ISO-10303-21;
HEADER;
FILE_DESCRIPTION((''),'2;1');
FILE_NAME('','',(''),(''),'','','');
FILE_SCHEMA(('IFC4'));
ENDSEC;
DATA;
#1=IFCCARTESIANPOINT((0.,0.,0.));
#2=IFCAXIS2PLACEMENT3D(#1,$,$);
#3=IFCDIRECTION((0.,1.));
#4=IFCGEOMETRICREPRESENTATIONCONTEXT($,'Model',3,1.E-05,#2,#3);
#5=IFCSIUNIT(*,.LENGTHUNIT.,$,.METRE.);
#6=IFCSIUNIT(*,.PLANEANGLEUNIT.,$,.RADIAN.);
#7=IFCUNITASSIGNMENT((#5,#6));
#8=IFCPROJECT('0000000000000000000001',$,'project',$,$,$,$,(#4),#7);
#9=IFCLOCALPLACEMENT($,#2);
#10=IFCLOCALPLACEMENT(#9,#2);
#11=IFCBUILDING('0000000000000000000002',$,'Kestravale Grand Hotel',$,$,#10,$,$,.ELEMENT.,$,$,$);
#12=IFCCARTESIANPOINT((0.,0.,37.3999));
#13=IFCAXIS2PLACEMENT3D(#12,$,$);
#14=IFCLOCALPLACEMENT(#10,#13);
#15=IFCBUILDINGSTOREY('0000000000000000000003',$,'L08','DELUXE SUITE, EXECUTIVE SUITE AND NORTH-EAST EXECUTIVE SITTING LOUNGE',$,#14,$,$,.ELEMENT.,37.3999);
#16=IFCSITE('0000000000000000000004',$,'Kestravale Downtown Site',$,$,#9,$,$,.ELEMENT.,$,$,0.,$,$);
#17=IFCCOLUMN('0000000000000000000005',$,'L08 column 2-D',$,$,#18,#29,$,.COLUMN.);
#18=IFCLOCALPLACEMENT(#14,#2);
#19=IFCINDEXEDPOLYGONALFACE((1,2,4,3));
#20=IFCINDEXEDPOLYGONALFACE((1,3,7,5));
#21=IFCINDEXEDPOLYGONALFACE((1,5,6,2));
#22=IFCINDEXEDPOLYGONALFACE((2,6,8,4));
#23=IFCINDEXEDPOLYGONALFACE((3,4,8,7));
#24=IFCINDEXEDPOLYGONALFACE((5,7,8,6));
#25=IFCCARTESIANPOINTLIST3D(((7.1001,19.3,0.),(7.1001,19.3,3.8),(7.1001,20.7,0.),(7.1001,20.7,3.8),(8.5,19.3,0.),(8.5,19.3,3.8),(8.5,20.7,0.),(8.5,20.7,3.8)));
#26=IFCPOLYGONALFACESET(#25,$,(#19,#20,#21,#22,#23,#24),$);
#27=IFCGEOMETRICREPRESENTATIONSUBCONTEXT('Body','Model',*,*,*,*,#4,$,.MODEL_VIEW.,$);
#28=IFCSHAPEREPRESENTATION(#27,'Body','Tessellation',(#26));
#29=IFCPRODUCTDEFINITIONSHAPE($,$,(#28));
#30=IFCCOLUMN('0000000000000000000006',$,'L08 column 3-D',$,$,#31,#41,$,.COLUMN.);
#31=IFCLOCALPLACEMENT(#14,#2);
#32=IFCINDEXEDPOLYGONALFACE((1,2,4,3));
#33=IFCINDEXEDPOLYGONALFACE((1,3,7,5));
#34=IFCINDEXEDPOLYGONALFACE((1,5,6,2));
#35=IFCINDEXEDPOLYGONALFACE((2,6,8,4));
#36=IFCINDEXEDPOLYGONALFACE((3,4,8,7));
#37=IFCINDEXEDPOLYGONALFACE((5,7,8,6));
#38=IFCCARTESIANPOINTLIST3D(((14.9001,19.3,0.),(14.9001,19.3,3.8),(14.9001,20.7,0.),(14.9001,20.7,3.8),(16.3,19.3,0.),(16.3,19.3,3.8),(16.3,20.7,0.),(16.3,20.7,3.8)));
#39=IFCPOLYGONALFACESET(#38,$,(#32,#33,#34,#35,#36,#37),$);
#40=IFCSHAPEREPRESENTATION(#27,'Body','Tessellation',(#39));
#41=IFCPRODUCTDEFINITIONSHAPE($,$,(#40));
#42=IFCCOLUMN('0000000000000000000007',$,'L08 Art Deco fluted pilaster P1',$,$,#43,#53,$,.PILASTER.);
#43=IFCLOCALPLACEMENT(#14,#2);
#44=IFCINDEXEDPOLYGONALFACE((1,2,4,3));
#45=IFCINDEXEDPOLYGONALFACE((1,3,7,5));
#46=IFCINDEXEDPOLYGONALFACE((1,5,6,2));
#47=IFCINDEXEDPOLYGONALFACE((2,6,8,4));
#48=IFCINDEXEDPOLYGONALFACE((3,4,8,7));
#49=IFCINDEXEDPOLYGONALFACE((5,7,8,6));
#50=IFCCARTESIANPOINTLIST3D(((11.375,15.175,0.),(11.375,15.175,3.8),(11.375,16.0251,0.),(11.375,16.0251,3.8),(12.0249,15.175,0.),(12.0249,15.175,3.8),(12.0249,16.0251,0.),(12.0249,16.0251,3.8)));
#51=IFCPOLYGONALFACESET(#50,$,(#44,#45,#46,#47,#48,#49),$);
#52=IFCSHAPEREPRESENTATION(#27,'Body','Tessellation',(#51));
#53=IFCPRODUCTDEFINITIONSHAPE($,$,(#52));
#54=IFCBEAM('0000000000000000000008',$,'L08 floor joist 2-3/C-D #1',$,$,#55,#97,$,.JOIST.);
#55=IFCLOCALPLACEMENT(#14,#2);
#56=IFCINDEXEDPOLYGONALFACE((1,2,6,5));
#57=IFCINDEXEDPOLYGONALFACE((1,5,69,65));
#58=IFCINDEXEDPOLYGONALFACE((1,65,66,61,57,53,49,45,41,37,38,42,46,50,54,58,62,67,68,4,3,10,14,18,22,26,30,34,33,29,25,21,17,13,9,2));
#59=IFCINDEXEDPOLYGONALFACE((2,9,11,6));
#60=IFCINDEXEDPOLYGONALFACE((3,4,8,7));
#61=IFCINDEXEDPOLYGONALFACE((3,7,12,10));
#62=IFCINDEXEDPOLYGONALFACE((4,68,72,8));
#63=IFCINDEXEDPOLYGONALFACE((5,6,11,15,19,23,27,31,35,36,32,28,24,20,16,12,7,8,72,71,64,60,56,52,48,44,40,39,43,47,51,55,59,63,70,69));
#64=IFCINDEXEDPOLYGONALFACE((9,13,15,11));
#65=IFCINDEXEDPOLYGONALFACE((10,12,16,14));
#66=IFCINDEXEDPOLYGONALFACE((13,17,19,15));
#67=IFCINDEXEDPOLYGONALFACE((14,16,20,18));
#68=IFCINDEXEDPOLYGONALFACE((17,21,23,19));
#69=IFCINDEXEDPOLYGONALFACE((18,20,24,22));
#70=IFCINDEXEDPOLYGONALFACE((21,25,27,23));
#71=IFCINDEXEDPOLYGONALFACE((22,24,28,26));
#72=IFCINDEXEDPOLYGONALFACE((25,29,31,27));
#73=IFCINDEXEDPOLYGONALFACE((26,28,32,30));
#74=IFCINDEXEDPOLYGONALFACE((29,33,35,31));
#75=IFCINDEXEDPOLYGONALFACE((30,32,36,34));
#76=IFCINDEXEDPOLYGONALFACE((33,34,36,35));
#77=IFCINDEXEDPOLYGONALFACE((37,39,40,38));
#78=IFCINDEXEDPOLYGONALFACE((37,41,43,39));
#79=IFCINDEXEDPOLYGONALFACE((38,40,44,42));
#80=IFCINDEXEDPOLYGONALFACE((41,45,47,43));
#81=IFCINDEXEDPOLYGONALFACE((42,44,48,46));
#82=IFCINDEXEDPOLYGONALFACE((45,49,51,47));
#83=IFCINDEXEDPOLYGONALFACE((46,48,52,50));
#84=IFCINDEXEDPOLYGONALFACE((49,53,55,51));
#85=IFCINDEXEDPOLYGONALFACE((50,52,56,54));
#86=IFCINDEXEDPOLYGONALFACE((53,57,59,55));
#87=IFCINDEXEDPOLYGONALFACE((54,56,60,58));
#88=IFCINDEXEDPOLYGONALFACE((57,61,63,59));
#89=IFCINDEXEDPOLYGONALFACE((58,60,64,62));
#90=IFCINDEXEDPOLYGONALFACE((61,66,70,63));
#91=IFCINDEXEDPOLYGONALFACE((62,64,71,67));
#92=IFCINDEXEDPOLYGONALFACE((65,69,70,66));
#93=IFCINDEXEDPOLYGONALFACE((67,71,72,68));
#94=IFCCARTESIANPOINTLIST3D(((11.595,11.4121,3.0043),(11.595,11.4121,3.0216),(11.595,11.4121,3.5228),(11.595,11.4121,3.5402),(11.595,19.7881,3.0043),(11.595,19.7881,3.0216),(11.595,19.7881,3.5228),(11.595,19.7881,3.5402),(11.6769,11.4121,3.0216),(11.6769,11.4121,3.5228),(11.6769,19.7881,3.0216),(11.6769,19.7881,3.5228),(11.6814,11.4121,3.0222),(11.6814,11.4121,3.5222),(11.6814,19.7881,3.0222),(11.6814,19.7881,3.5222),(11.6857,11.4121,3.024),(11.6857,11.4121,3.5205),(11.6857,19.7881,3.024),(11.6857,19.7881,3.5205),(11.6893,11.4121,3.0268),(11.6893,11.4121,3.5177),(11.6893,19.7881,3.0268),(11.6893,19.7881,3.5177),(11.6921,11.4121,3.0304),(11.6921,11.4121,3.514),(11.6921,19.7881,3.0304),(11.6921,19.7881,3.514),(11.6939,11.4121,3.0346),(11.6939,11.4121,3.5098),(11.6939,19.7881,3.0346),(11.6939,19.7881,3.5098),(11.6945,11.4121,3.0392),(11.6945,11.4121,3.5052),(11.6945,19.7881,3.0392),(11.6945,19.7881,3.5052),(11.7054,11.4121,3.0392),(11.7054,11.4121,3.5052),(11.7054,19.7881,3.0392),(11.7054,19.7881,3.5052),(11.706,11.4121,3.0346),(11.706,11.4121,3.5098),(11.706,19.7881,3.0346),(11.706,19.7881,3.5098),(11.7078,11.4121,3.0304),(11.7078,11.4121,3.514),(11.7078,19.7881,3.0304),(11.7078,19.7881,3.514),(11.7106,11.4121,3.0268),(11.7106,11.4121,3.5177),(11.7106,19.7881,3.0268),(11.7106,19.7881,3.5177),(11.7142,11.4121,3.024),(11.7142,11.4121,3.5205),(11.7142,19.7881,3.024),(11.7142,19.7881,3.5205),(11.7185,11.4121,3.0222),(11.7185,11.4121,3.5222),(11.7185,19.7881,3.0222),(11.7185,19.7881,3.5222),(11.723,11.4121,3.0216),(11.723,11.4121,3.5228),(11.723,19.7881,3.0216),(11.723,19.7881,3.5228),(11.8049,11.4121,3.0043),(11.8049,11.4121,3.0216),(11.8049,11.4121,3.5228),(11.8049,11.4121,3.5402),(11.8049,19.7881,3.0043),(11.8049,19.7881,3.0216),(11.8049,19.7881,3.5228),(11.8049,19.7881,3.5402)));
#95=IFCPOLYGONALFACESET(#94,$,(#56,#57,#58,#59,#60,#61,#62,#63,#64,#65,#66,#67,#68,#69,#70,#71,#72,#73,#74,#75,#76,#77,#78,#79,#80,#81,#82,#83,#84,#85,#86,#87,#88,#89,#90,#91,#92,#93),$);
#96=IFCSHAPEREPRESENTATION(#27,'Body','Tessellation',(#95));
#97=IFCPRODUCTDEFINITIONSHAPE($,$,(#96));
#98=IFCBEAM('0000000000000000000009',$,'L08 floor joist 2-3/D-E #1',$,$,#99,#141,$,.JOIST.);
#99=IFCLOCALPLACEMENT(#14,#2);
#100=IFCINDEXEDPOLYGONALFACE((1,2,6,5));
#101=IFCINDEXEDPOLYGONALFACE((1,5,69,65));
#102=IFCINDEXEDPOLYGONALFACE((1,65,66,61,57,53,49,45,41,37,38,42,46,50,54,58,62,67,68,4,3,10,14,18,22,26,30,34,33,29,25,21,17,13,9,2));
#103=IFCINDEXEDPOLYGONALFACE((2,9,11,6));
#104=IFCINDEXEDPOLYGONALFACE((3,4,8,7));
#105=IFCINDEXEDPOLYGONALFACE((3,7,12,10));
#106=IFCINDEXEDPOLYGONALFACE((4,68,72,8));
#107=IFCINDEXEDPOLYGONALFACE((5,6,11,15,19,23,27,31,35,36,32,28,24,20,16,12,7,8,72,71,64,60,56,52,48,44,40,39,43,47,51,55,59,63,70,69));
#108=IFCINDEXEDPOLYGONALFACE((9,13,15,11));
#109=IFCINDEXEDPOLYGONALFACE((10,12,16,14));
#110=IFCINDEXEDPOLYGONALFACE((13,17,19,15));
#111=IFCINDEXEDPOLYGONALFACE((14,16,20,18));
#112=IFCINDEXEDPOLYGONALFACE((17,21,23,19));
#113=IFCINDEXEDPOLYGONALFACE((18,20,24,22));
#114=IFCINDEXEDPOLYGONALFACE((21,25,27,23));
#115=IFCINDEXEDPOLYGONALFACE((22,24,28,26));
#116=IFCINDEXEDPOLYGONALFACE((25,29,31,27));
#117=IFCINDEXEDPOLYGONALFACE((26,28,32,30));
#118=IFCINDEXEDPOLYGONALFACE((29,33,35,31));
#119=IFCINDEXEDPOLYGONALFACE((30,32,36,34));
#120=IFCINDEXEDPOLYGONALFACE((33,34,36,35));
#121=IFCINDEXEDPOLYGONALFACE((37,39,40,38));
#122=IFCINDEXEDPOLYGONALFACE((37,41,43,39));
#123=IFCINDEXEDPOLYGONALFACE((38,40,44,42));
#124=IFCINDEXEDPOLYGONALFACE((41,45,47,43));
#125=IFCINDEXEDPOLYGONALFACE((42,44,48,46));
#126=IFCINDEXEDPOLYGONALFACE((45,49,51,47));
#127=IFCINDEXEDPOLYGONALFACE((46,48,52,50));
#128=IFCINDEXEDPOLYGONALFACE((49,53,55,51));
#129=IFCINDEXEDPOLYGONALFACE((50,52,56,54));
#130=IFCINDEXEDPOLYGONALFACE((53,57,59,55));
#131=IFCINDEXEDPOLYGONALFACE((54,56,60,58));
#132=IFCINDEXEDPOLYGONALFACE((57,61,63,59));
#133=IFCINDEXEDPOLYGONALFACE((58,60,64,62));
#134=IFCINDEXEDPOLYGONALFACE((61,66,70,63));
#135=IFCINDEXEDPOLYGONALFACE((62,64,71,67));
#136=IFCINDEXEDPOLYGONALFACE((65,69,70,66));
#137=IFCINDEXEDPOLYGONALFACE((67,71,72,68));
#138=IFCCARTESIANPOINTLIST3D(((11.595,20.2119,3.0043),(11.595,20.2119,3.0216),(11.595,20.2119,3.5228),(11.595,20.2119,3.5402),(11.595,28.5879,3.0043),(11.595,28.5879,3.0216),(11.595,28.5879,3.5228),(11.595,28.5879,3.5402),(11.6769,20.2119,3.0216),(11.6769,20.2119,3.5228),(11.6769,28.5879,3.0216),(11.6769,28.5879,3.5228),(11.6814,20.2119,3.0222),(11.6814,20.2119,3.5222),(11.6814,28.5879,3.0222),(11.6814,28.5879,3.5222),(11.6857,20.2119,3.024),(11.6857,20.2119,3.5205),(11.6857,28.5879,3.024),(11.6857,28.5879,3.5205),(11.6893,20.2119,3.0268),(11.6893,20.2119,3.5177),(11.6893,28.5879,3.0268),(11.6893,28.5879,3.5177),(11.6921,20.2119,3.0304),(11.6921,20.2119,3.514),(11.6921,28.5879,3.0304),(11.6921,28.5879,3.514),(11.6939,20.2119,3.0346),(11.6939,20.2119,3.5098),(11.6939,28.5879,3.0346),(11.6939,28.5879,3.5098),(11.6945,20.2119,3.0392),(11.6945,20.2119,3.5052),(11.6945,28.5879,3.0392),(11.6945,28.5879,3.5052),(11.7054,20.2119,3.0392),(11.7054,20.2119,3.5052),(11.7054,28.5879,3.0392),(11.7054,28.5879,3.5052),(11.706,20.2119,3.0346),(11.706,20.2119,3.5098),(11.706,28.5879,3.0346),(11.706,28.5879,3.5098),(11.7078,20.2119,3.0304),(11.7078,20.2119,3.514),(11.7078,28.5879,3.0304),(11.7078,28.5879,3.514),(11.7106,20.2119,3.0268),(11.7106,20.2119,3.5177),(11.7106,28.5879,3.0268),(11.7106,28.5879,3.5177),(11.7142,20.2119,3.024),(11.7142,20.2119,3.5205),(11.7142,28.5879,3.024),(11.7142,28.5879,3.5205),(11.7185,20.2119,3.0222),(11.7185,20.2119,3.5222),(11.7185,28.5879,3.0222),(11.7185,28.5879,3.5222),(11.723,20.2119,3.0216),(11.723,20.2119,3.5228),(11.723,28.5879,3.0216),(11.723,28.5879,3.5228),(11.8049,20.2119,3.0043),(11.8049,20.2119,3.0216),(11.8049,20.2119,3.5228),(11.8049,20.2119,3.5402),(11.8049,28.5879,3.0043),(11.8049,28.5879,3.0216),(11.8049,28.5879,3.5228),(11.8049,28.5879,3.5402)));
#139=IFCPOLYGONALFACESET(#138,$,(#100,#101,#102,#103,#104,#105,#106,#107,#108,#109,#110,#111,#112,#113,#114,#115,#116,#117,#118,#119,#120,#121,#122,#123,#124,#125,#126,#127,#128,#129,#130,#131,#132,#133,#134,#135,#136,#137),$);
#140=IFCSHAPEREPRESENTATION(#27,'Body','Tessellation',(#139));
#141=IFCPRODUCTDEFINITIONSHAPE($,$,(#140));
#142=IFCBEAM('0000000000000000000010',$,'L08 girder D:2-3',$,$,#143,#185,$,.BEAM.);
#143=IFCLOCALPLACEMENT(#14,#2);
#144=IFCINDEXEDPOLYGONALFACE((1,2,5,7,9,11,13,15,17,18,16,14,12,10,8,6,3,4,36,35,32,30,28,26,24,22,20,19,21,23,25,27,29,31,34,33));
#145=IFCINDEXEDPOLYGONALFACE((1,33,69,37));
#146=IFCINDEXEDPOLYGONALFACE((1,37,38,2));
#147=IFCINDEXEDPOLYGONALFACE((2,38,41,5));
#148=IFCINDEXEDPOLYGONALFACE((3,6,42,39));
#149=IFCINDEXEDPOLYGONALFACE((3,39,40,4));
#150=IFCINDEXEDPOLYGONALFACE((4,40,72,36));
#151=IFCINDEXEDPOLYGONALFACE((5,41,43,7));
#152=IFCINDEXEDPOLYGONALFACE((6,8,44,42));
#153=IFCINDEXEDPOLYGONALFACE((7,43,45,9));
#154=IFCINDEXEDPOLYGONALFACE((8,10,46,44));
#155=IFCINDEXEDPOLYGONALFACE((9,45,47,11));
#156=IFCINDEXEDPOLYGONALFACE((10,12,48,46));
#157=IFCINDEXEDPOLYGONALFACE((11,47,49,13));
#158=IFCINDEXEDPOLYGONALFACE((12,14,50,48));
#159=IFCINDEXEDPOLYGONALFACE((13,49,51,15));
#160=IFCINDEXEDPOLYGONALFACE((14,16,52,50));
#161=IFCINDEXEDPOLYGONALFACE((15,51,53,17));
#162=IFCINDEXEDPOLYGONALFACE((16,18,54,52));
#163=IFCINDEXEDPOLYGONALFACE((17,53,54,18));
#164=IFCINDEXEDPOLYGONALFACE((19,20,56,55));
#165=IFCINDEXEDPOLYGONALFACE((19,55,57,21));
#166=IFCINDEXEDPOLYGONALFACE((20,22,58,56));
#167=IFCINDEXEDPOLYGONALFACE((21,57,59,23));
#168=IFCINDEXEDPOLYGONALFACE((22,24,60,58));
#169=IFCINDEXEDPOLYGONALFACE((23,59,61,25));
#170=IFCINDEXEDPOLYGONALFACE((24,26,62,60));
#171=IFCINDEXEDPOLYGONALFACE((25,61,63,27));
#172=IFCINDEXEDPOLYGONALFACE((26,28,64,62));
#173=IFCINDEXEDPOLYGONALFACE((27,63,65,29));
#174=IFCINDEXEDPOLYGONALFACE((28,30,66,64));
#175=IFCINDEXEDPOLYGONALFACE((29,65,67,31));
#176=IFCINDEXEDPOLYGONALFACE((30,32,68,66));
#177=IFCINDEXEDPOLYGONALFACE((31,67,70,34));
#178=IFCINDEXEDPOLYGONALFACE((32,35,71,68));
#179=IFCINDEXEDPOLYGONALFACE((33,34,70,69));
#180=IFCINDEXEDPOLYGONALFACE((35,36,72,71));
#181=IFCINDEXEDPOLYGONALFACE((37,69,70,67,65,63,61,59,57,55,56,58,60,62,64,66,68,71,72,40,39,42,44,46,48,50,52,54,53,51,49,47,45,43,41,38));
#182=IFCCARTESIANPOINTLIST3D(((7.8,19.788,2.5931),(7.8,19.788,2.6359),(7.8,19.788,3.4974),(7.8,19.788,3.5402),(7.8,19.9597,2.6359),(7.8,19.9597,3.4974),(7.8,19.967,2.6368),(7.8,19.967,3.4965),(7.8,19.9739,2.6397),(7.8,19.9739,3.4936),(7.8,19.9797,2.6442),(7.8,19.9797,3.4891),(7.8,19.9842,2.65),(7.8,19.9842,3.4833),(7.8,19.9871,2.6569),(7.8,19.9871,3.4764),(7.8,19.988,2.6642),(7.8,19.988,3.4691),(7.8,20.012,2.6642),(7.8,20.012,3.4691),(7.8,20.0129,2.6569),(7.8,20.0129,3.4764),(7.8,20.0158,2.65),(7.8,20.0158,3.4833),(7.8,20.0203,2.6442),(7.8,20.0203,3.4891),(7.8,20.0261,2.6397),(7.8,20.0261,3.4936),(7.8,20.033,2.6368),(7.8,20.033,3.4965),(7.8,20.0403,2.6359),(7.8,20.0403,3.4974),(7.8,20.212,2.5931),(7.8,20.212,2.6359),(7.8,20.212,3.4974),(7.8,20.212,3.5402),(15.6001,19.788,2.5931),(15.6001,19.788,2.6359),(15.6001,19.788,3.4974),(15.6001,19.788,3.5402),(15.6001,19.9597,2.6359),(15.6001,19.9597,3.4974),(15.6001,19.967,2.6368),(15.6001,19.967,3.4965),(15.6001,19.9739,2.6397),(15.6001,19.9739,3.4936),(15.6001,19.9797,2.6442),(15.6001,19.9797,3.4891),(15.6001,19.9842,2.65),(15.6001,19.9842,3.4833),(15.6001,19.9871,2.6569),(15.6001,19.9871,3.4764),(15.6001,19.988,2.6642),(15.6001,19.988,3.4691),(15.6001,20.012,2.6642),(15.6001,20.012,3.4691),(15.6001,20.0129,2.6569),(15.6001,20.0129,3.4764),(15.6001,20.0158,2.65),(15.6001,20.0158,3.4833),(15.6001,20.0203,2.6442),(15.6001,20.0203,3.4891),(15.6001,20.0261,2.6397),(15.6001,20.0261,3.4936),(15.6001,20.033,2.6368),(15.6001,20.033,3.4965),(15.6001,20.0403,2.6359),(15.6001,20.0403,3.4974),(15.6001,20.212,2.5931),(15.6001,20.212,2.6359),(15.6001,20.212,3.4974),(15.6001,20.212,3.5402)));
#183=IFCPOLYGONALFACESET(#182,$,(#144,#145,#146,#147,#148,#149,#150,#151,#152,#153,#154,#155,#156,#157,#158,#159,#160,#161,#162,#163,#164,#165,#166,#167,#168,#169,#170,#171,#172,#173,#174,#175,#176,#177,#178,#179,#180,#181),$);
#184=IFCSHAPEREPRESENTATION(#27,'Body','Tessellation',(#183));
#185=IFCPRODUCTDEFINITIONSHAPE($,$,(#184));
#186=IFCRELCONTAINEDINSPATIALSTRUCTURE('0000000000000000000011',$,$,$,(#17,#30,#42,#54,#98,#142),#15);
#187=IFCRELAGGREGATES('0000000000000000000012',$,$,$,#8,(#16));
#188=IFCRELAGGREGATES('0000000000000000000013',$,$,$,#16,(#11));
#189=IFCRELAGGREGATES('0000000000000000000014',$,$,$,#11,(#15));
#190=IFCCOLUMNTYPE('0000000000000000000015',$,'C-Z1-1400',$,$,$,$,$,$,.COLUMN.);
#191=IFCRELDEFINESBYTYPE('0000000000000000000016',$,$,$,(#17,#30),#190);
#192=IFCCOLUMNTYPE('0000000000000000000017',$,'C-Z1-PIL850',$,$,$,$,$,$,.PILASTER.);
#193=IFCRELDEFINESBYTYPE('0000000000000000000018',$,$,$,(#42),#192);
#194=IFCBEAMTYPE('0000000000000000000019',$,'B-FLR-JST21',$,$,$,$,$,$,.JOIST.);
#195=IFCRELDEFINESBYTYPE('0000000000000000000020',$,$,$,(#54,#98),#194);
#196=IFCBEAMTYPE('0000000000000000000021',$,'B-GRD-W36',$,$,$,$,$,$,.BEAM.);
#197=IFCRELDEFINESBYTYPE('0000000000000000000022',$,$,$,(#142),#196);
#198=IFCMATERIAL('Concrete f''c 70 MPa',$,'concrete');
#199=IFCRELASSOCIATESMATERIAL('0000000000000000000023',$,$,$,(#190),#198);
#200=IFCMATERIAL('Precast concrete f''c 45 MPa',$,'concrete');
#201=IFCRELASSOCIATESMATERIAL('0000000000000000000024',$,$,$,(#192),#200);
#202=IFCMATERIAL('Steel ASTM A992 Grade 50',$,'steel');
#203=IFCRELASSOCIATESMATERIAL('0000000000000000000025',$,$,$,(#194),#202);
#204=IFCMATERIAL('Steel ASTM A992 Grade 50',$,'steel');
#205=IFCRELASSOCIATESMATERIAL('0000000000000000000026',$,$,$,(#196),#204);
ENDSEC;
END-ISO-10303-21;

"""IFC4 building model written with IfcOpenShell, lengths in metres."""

from ifc_helpers import new_model, si_unit, direction, frame, origin, origin_2d, place, context, subcontext, project, spatial, rectangle, i_section, extrude, material, material_profile, profile_set, type_object, element, save


model = new_model("IFC4")

# Units and contexts
model_context = context("Model", 3, precision=1e-05, world=origin(), true_north=direction((0.0, 1.0)))
body_context = subcontext(model_context, "Body", "Model", "MODEL_VIEW")
ifc_project = project(units=[si_unit("LENGTHUNIT", "METRE"), si_unit("PLANEANGLEUNIT", "RADIAN")], contexts=[model_context])

# Site, building, storey
site_placement = place(None, origin())
site = spatial("IfcSite", under=ifc_project, at=site_placement, Name="Kestravale Downtown Site", CompositionType="ELEMENT", RefElevation=0.0)
building_placement = place(site_placement, origin())
building = spatial("IfcBuilding", under=site, at=building_placement, Name="Kestravale Grand Hotel", CompositionType="ELEMENT")
storey_placement = place(building_placement, frame((0.0, 0.0, 37.3999)))
storey = spatial("IfcBuildingStorey", under=building, at=storey_placement, Name="L08", Description="DELUXE SUITE, EXECUTIVE SUITE AND NORTH-EAST EXECUTIVE SITTING LOUNGE", CompositionType="ELEMENT", Elevation=37.3999)

# Columns
ifc_material_1 = material(Name="Concrete f'c 70 MPa", Category="concrete")
ifc_material_profile_1 = material_profile(ifc_material_1, rectangle(XDim=1.3999, YDim=1.3999, at=origin_2d()))
ifc_profile_set_1 = profile_set([ifc_material_profile_1], Name="Concrete f'c 70 MPa")
column_type_1 = type_object("IfcColumnType", Name="C-Z1-1400", PredefinedType="COLUMN", material=ifc_profile_set_1)
for number, where, z_axis, x_axis, name in (
    (1, (7.8, 20.0, 0.0), (0.0, 0.0, 1.0), (1.0, 0.0, 0.0), "L08 column 2-D"),
    (2, (15.6001, 20.0, 0.0), (0.0, 0.0, 1.0), (1.0, 0.0, 0.0), "L08 column 3-D"),
):
    element("IfcColumn", number, at=place(storey_placement, frame(where, z_axis=z_axis, x_axis=x_axis)), inside=storey, type_object=column_type_1, Name=name, PredefinedType="COLUMN", context=body_context, shape_type="SweptSolid", body=[
        extrude(rectangle(XDim=1.3999, YDim=1.3999, at=origin_2d()), origin(), (0.0, 0.0, 1.0), 3.8),
    ])
ifc_material_2 = material(Name="Precast concrete f'c 45 MPa", Category="concrete")
ifc_material_profile_2 = material_profile(ifc_material_2, rectangle(XDim=0.6499, YDim=0.8501, at=origin_2d()))
ifc_profile_set_2 = profile_set([ifc_material_profile_2], Name="Precast concrete f'c 45 MPa")
column_type_2 = type_object("IfcColumnType", Name="C-Z1-PIL850", PredefinedType="PILASTER", material=ifc_profile_set_2)
column_placement = place(storey_placement, frame((11.7, 15.6001, 0.0), z_axis=(0.0, 0.0, 1.0), x_axis=(1.0, 0.0, 0.0)))
element("IfcColumn", 3, at=column_placement, inside=storey, type_object=column_type_2, Name="L08 Art Deco fluted pilaster P1", PredefinedType="PILASTER", context=body_context, shape_type="SweptSolid", body=[
    extrude(rectangle(XDim=0.6499, YDim=0.8501, at=origin_2d()), origin(), (0.0, 0.0, 1.0), 3.8),
])

# Beams
ifc_material_3 = material(Name="Steel ASTM A992 Grade 50", Category="steel")
ifc_material_profile_3 = material_profile(ifc_material_3, i_section(OverallWidth=0.21, OverallDepth=0.5359, WebThickness=0.011, FlangeThickness=0.0173, FilletRadius=0.0176, at=origin_2d()))
ifc_profile_set_3 = profile_set([ifc_material_profile_3], Name="Steel ASTM A992 Grade 50")
beam_type_1 = type_object("IfcBeamType", Name="B-FLR-JST21", PredefinedType="JOIST", material=ifc_profile_set_3)
for number, where, z_axis, x_axis, name in (
    (4, (11.7, 11.4121, 3.2722), (0.0, 1.0, 0.0), (-1.0, 0.0, 0.0), "L08 floor joist 2-3/C-D #1"),
    (5, (11.7, 20.2119, 3.2722), (0.0, 1.0, 0.0), (-1.0, 0.0, 0.0), "L08 floor joist 2-3/D-E #1"),
):
    element("IfcBeam", number, at=place(storey_placement, frame(where, z_axis=z_axis, x_axis=x_axis)), inside=storey, type_object=beam_type_1, Name=name, PredefinedType="JOIST", context=body_context, shape_type="SweptSolid", body=[
        extrude(i_section(OverallWidth=0.21, OverallDepth=0.5359, WebThickness=0.011, FlangeThickness=0.0173, FilletRadius=0.0176, at=origin_2d()), origin(), (0.0, 0.0, 1.0), 8.376),
    ])
ifc_material_4 = material(Name="Steel ASTM A992 Grade 50", Category="steel")
ifc_material_profile_4 = material_profile(ifc_material_4, i_section(OverallWidth=0.4241, OverallDepth=0.947, WebThickness=0.0239, FlangeThickness=0.0427, FilletRadius=0.0283, at=origin_2d()))
ifc_profile_set_4 = profile_set([ifc_material_profile_4], Name="Steel ASTM A992 Grade 50")
beam_type_2 = type_object("IfcBeamType", Name="B-GRD-W36", PredefinedType="BEAM", material=ifc_profile_set_4)
beam_1_placement = place(storey_placement, frame((7.8, 20.0, 3.0667), z_axis=(1.0, 0.0, 0.0), x_axis=(0.0, 1.0, 0.0)))
element("IfcBeam", 6, at=beam_1_placement, inside=storey, type_object=beam_type_2, Name="L08 girder D:2-3", PredefinedType="BEAM", context=body_context, shape_type="SweptSolid", body=[
    extrude(i_section(OverallWidth=0.4241, OverallDepth=0.947, WebThickness=0.0239, FlangeThickness=0.0427, FilletRadius=0.0283, at=origin_2d()), origin(), (0.0, 0.0, 1.0), 7.8),
])

save(model, "model.ifc")
